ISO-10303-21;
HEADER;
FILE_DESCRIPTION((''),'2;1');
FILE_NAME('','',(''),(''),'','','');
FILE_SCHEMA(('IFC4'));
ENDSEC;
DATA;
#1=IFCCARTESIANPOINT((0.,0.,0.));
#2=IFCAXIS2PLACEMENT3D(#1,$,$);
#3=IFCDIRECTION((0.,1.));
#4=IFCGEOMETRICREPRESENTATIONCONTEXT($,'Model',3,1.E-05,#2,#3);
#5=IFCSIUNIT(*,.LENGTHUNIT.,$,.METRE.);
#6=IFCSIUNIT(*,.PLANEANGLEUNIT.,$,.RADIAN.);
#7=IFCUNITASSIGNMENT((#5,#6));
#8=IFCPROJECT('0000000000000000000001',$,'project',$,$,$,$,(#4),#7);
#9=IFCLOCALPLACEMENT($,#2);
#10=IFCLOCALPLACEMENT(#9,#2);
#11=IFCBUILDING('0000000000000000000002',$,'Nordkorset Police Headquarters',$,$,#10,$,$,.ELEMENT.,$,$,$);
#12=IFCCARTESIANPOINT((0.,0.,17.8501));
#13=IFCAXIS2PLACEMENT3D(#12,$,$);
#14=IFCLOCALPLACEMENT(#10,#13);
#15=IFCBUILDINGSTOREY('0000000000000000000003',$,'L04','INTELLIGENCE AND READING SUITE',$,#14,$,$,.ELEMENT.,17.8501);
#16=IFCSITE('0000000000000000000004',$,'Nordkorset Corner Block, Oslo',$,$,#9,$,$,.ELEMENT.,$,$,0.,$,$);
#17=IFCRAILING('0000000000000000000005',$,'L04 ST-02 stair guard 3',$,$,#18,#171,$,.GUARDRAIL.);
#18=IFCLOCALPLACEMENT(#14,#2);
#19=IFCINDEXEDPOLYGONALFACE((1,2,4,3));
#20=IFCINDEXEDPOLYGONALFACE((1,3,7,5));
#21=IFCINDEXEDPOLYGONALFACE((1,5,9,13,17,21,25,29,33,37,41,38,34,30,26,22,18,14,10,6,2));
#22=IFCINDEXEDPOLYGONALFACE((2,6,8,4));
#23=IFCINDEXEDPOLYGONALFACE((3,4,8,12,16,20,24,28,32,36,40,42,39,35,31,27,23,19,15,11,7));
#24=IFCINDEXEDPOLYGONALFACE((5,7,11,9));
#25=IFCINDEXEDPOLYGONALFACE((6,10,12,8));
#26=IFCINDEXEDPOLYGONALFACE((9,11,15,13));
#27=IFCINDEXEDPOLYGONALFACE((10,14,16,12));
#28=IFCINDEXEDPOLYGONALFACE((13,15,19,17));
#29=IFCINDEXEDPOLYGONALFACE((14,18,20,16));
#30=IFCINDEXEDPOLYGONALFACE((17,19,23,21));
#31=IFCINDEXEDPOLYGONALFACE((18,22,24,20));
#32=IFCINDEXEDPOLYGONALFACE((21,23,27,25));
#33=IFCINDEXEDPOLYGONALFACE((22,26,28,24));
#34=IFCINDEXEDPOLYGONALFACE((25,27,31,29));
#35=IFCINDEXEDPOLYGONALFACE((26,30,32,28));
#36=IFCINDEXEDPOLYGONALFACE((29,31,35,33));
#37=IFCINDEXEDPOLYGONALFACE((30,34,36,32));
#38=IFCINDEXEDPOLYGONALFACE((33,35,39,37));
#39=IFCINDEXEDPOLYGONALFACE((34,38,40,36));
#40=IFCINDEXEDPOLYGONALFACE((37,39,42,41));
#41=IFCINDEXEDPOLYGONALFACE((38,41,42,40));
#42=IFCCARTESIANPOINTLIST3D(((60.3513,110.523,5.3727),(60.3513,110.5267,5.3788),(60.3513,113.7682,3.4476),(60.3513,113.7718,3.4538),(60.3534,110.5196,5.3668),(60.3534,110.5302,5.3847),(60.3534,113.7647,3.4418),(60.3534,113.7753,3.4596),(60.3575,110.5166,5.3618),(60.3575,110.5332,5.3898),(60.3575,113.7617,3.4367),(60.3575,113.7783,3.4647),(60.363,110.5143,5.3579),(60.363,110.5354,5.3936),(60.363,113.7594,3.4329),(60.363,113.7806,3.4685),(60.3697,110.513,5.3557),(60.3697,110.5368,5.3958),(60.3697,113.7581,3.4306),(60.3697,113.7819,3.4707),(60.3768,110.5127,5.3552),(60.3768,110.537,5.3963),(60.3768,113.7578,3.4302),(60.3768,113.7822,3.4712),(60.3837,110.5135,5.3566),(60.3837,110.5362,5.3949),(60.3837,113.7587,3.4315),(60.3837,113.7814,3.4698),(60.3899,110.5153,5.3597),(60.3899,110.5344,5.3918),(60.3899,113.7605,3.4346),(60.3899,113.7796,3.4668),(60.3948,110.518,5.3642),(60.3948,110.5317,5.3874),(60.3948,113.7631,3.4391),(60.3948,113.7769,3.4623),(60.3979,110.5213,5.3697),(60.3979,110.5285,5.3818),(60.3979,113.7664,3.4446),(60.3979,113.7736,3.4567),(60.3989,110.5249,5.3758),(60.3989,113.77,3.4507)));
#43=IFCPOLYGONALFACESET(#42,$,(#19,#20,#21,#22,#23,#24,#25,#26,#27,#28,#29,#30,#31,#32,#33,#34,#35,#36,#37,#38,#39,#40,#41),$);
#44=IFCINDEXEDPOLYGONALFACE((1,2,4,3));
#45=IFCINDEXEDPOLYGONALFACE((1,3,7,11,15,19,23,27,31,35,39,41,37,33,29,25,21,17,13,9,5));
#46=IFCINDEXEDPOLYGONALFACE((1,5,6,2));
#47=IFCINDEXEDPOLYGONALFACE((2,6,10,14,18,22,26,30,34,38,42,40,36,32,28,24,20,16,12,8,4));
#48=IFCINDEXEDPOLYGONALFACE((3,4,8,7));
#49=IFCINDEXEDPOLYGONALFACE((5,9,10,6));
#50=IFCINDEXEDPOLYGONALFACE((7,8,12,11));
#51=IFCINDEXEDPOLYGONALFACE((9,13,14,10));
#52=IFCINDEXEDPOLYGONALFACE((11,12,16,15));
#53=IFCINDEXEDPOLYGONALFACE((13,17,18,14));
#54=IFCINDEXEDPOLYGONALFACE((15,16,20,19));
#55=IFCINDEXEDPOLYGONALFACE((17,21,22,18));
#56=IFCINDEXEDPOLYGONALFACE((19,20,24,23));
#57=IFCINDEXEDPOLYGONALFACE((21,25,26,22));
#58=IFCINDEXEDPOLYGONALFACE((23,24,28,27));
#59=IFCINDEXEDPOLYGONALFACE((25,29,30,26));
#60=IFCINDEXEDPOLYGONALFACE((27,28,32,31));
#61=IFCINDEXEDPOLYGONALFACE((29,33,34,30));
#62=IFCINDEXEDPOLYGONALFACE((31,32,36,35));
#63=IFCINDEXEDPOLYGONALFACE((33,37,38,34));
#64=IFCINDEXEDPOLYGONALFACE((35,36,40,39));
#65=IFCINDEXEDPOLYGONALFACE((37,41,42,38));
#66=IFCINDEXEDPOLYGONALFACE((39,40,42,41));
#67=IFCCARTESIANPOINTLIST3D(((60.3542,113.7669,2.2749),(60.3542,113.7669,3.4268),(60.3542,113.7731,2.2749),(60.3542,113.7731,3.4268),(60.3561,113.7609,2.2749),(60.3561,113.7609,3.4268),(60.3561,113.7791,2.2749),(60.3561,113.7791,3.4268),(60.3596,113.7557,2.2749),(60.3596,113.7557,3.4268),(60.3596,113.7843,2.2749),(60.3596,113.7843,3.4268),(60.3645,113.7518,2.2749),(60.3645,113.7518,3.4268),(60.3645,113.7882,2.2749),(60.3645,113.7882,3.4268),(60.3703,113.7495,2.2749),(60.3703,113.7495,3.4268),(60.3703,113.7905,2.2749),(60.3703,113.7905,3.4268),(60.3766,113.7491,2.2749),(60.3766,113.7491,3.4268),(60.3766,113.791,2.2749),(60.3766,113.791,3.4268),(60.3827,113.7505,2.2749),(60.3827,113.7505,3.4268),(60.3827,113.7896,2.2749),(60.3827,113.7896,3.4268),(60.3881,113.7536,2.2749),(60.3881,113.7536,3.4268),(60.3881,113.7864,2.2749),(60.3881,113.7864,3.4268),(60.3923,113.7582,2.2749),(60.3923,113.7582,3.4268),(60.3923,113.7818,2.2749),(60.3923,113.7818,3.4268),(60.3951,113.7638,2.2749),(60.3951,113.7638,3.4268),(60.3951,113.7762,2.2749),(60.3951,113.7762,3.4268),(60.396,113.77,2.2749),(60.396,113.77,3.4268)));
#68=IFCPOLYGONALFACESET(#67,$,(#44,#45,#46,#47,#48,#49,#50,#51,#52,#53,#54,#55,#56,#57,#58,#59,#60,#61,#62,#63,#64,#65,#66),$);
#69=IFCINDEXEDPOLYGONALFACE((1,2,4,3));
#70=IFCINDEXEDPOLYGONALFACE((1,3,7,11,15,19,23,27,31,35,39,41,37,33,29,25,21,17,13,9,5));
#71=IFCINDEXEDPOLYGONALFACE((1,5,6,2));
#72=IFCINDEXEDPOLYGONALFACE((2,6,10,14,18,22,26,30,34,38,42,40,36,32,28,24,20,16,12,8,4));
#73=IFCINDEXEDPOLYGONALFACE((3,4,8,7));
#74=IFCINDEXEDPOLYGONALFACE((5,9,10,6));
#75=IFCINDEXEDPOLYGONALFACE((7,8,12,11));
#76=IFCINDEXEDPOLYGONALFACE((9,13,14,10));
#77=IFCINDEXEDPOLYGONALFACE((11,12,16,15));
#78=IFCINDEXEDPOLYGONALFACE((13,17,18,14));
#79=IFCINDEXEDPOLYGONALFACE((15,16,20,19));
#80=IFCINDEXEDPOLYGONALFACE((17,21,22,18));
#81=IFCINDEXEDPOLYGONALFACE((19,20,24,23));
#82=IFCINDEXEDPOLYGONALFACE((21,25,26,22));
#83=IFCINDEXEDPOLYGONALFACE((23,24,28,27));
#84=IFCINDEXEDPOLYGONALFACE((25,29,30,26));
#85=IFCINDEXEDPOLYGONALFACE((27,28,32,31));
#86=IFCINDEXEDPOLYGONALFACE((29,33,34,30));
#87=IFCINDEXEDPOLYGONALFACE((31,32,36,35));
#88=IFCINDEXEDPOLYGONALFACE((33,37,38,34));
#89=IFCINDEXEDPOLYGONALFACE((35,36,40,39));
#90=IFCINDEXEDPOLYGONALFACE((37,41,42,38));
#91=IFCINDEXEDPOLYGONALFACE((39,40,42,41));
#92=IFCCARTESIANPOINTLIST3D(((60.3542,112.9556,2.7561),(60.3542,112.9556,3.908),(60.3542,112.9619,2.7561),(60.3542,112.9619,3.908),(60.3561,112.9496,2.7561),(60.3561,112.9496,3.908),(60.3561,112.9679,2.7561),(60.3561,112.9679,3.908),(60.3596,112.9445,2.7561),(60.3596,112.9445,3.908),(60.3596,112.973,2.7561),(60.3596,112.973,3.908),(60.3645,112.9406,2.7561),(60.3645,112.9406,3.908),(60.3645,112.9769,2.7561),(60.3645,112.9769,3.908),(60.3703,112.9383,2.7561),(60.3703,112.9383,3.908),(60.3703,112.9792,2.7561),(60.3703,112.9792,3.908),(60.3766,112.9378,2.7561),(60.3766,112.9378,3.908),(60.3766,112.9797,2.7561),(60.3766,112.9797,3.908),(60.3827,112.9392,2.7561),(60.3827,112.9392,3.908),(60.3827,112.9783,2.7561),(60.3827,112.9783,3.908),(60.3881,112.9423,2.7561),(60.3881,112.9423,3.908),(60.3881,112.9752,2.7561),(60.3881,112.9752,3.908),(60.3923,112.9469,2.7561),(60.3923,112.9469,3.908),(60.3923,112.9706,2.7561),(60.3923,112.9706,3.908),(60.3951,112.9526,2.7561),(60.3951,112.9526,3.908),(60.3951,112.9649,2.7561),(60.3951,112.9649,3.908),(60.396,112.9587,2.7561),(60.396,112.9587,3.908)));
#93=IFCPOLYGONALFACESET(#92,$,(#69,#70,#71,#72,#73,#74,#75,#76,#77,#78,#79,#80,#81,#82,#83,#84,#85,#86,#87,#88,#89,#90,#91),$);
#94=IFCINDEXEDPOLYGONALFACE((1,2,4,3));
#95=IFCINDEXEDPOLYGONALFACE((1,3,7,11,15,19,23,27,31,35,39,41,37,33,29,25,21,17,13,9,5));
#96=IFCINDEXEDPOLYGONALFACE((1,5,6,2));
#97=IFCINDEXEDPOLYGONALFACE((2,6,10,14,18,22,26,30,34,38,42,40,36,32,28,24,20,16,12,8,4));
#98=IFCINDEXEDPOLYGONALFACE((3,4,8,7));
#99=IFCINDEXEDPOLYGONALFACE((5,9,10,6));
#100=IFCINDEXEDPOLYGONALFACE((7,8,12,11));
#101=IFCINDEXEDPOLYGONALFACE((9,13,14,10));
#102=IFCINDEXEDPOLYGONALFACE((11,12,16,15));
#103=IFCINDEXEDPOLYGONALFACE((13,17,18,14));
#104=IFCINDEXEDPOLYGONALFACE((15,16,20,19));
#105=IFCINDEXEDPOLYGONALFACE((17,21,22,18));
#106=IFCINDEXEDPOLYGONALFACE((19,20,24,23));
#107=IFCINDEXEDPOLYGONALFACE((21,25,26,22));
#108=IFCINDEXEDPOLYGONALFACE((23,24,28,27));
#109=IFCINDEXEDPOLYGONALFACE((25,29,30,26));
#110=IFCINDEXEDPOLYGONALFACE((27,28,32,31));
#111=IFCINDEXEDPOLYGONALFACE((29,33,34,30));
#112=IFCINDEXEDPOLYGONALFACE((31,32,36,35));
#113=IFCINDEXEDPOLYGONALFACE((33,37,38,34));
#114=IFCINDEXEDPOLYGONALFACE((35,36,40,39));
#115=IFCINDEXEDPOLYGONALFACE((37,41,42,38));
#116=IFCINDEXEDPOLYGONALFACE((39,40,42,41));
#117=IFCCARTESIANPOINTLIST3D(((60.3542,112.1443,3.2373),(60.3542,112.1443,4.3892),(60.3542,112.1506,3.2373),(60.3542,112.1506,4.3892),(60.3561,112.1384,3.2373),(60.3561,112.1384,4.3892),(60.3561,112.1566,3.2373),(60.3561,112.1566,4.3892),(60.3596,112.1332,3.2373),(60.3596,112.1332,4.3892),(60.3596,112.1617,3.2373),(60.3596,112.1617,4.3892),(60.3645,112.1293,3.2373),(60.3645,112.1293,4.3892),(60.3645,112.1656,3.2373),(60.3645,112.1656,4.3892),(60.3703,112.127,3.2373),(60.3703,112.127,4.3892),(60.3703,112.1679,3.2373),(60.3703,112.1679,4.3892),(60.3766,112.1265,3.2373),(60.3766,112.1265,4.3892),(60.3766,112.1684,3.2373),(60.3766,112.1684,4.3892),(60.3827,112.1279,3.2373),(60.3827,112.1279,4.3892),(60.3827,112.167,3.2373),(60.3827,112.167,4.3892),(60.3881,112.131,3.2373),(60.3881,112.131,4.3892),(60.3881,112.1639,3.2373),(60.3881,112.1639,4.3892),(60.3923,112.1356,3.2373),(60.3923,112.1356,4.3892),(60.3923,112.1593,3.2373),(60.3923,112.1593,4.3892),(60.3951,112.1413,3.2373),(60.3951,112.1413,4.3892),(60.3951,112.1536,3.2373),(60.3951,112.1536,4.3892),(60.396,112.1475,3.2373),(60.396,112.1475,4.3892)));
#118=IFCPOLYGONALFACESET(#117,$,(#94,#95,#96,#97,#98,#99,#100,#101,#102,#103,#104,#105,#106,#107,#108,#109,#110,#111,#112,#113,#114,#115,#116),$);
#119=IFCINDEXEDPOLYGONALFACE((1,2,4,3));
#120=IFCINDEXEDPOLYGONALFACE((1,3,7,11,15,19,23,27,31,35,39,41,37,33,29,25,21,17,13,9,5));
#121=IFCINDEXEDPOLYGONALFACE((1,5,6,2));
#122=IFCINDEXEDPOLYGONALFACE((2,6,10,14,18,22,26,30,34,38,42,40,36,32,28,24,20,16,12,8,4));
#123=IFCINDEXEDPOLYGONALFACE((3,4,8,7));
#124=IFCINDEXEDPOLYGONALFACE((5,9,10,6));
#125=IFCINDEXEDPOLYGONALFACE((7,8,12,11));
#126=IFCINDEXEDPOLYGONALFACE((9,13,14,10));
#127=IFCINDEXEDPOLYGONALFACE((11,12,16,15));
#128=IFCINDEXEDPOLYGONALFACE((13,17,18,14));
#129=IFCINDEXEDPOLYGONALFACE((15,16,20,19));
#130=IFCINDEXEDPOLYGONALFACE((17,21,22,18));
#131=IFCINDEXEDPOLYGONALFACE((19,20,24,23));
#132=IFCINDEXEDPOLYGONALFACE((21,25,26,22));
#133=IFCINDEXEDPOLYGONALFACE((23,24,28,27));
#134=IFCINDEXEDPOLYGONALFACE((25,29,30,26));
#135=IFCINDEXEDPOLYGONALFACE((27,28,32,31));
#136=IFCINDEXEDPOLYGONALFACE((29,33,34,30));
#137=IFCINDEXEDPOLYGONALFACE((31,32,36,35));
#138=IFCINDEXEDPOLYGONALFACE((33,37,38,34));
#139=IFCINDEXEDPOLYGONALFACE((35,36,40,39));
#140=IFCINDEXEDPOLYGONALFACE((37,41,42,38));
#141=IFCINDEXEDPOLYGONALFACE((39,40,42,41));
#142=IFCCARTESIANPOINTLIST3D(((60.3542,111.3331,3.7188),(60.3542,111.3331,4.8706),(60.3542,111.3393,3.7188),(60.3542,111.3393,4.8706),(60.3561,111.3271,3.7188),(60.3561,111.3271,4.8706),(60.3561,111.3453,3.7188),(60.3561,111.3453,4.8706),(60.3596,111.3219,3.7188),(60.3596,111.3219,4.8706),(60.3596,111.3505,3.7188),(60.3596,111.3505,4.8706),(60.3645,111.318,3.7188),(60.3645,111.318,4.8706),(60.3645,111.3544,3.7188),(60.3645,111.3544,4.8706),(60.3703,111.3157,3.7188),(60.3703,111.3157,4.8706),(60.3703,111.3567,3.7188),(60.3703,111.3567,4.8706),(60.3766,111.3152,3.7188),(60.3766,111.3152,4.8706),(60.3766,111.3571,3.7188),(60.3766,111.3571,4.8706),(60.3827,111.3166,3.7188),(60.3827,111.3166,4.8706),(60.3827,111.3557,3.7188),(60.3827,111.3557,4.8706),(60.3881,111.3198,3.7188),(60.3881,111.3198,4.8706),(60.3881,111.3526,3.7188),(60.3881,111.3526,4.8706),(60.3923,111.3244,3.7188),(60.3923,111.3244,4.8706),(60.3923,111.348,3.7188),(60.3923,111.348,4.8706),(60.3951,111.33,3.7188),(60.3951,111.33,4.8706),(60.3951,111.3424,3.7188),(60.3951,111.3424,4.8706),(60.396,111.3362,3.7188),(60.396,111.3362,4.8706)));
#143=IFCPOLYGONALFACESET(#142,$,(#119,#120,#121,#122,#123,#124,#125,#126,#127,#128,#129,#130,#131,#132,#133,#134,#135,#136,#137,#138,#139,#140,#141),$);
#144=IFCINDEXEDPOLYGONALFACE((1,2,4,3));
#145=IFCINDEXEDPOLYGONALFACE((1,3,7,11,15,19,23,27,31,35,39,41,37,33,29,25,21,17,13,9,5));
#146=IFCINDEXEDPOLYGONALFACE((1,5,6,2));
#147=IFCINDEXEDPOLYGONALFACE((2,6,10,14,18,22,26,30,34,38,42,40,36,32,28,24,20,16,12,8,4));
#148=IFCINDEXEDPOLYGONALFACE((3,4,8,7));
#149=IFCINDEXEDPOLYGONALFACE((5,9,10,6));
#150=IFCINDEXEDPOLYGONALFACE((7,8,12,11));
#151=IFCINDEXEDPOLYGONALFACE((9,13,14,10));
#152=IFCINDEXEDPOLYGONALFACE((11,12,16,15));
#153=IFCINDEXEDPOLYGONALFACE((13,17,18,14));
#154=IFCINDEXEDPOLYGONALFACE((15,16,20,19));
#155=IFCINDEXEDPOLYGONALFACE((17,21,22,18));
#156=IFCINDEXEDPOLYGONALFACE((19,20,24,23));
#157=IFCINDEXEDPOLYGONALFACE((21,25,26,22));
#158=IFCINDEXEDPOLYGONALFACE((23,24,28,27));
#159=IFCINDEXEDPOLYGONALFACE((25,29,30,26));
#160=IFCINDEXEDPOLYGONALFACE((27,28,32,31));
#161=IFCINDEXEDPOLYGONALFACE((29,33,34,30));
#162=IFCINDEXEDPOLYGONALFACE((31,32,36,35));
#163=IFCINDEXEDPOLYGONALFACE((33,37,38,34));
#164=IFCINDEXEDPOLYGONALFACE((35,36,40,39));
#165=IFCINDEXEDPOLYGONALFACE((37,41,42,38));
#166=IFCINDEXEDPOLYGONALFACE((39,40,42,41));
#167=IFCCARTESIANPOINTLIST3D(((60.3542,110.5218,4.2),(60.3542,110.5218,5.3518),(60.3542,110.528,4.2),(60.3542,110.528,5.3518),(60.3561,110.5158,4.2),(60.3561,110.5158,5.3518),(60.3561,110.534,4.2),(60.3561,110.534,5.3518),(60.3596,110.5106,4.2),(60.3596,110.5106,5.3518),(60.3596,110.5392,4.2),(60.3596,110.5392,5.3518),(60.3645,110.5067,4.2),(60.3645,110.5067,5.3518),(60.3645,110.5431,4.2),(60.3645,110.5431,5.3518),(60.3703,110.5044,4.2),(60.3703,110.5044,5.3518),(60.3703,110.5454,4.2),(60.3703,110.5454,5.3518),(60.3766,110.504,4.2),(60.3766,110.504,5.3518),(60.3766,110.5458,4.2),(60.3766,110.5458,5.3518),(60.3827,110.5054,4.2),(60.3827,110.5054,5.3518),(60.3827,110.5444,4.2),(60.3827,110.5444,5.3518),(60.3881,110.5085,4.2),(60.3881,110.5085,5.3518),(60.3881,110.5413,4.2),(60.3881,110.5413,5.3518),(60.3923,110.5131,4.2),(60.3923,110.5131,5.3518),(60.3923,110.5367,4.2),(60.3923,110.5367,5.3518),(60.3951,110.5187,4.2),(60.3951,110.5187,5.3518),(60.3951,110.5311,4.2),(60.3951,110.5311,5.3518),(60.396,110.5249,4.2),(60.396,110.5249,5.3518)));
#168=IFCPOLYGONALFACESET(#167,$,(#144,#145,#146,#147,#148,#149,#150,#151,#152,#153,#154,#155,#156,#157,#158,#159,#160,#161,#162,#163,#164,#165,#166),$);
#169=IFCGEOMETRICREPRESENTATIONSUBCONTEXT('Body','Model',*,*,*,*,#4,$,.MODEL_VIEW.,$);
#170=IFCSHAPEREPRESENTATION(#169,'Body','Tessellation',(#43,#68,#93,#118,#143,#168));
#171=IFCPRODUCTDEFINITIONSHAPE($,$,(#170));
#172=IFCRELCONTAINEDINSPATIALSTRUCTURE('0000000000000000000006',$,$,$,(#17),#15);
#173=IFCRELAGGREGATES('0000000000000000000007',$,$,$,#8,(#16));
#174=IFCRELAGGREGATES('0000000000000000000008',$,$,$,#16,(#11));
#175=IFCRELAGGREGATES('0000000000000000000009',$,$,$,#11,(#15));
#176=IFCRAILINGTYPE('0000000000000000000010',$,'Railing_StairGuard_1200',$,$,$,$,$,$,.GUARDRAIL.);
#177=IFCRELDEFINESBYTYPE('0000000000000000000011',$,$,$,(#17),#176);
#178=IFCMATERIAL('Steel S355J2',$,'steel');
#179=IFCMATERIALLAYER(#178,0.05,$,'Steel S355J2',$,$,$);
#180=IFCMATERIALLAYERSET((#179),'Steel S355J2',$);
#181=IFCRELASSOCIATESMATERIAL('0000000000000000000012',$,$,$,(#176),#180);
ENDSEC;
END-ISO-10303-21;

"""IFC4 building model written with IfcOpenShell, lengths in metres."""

from ifc_helpers import new_model, si_unit, direction, frame, origin, origin_2d, place, context, subcontext, project, spatial, circle, extrude, material, layer, layer_set, type_object, element, save


model = new_model("IFC4")

# Units and contexts
model_context = context("Model", 3, precision=1e-05, world=origin(), true_north=direction((0.0, 1.0)))
body_context = subcontext(model_context, "Body", "Model", "MODEL_VIEW")
ifc_project = project(units=[si_unit("LENGTHUNIT", "METRE"), si_unit("PLANEANGLEUNIT", "RADIAN")], contexts=[model_context])

# Site, building, storey
site_placement = place(None, origin())
site = spatial("IfcSite", under=ifc_project, at=site_placement, Name="Nordkorset Corner Block, Oslo", CompositionType="ELEMENT", RefElevation=0.0)
building_placement = place(site_placement, origin())
building = spatial("IfcBuilding", under=site, at=building_placement, Name="Nordkorset Police Headquarters", CompositionType="ELEMENT")
storey_placement = place(building_placement, frame((0.0, 0.0, 17.8501)))
storey = spatial("IfcBuildingStorey", under=building, at=storey_placement, Name="L04", Description="INTELLIGENCE AND READING SUITE", CompositionType="ELEMENT", Elevation=17.8501)

# Railing
ifc_material_1 = material(Name="Steel S355J2", Category="steel")
ifc_layer_1 = layer(ifc_material_1, 0.05, Name="Steel S355J2")
ifc_layer_set_1 = layer_set([ifc_layer_1], Name="Steel S355J2")
railing_type_1 = type_object("IfcRailingType", Name="Railing_StairGuard_1200", PredefinedType="GUARDRAIL", material=ifc_layer_set_1)
railing_1_placement = place(storey_placement, frame((60.375, 113.77, 2.2749)))
element("IfcRailing", 1, at=railing_1_placement, inside=storey, type_object=railing_type_1, Name="L04 ST-02 stair guard 3", PredefinedType="GUARDRAIL", context=body_context, shape_type="SweptSolid", body=[
    extrude(circle(Radius=0.0239, at=origin_2d()), frame((0.0, 0.0, 1.1758), z_axis=(0.0, -0.860057, 0.510198), x_axis=(1.0, 0.0, 0.0)), (0.0, 0.0, 1.0), 3.7732),
    extrude(circle(Radius=0.021, at=origin_2d()), origin(), (0.0, 0.0, 1.0), 1.1519),
    extrude(circle(Radius=0.021, at=origin_2d()), frame((0.0, -0.8113, 0.4812)), (0.0, 0.0, 1.0), 1.1519),
    extrude(circle(Radius=0.021, at=origin_2d()), frame((0.0, -1.6226, 0.9624)), (0.0, 0.0, 1.0), 1.1519),
    extrude(circle(Radius=0.021, at=origin_2d()), frame((0.0, -2.4338, 1.4438)), (0.0, 0.0, 1.0), 1.1519),
    extrude(circle(Radius=0.021, at=origin_2d()), frame((0.0, -3.2451, 1.925)), (0.0, 0.0, 1.0), 1.1519),
])

save(model, "model.ifc")
